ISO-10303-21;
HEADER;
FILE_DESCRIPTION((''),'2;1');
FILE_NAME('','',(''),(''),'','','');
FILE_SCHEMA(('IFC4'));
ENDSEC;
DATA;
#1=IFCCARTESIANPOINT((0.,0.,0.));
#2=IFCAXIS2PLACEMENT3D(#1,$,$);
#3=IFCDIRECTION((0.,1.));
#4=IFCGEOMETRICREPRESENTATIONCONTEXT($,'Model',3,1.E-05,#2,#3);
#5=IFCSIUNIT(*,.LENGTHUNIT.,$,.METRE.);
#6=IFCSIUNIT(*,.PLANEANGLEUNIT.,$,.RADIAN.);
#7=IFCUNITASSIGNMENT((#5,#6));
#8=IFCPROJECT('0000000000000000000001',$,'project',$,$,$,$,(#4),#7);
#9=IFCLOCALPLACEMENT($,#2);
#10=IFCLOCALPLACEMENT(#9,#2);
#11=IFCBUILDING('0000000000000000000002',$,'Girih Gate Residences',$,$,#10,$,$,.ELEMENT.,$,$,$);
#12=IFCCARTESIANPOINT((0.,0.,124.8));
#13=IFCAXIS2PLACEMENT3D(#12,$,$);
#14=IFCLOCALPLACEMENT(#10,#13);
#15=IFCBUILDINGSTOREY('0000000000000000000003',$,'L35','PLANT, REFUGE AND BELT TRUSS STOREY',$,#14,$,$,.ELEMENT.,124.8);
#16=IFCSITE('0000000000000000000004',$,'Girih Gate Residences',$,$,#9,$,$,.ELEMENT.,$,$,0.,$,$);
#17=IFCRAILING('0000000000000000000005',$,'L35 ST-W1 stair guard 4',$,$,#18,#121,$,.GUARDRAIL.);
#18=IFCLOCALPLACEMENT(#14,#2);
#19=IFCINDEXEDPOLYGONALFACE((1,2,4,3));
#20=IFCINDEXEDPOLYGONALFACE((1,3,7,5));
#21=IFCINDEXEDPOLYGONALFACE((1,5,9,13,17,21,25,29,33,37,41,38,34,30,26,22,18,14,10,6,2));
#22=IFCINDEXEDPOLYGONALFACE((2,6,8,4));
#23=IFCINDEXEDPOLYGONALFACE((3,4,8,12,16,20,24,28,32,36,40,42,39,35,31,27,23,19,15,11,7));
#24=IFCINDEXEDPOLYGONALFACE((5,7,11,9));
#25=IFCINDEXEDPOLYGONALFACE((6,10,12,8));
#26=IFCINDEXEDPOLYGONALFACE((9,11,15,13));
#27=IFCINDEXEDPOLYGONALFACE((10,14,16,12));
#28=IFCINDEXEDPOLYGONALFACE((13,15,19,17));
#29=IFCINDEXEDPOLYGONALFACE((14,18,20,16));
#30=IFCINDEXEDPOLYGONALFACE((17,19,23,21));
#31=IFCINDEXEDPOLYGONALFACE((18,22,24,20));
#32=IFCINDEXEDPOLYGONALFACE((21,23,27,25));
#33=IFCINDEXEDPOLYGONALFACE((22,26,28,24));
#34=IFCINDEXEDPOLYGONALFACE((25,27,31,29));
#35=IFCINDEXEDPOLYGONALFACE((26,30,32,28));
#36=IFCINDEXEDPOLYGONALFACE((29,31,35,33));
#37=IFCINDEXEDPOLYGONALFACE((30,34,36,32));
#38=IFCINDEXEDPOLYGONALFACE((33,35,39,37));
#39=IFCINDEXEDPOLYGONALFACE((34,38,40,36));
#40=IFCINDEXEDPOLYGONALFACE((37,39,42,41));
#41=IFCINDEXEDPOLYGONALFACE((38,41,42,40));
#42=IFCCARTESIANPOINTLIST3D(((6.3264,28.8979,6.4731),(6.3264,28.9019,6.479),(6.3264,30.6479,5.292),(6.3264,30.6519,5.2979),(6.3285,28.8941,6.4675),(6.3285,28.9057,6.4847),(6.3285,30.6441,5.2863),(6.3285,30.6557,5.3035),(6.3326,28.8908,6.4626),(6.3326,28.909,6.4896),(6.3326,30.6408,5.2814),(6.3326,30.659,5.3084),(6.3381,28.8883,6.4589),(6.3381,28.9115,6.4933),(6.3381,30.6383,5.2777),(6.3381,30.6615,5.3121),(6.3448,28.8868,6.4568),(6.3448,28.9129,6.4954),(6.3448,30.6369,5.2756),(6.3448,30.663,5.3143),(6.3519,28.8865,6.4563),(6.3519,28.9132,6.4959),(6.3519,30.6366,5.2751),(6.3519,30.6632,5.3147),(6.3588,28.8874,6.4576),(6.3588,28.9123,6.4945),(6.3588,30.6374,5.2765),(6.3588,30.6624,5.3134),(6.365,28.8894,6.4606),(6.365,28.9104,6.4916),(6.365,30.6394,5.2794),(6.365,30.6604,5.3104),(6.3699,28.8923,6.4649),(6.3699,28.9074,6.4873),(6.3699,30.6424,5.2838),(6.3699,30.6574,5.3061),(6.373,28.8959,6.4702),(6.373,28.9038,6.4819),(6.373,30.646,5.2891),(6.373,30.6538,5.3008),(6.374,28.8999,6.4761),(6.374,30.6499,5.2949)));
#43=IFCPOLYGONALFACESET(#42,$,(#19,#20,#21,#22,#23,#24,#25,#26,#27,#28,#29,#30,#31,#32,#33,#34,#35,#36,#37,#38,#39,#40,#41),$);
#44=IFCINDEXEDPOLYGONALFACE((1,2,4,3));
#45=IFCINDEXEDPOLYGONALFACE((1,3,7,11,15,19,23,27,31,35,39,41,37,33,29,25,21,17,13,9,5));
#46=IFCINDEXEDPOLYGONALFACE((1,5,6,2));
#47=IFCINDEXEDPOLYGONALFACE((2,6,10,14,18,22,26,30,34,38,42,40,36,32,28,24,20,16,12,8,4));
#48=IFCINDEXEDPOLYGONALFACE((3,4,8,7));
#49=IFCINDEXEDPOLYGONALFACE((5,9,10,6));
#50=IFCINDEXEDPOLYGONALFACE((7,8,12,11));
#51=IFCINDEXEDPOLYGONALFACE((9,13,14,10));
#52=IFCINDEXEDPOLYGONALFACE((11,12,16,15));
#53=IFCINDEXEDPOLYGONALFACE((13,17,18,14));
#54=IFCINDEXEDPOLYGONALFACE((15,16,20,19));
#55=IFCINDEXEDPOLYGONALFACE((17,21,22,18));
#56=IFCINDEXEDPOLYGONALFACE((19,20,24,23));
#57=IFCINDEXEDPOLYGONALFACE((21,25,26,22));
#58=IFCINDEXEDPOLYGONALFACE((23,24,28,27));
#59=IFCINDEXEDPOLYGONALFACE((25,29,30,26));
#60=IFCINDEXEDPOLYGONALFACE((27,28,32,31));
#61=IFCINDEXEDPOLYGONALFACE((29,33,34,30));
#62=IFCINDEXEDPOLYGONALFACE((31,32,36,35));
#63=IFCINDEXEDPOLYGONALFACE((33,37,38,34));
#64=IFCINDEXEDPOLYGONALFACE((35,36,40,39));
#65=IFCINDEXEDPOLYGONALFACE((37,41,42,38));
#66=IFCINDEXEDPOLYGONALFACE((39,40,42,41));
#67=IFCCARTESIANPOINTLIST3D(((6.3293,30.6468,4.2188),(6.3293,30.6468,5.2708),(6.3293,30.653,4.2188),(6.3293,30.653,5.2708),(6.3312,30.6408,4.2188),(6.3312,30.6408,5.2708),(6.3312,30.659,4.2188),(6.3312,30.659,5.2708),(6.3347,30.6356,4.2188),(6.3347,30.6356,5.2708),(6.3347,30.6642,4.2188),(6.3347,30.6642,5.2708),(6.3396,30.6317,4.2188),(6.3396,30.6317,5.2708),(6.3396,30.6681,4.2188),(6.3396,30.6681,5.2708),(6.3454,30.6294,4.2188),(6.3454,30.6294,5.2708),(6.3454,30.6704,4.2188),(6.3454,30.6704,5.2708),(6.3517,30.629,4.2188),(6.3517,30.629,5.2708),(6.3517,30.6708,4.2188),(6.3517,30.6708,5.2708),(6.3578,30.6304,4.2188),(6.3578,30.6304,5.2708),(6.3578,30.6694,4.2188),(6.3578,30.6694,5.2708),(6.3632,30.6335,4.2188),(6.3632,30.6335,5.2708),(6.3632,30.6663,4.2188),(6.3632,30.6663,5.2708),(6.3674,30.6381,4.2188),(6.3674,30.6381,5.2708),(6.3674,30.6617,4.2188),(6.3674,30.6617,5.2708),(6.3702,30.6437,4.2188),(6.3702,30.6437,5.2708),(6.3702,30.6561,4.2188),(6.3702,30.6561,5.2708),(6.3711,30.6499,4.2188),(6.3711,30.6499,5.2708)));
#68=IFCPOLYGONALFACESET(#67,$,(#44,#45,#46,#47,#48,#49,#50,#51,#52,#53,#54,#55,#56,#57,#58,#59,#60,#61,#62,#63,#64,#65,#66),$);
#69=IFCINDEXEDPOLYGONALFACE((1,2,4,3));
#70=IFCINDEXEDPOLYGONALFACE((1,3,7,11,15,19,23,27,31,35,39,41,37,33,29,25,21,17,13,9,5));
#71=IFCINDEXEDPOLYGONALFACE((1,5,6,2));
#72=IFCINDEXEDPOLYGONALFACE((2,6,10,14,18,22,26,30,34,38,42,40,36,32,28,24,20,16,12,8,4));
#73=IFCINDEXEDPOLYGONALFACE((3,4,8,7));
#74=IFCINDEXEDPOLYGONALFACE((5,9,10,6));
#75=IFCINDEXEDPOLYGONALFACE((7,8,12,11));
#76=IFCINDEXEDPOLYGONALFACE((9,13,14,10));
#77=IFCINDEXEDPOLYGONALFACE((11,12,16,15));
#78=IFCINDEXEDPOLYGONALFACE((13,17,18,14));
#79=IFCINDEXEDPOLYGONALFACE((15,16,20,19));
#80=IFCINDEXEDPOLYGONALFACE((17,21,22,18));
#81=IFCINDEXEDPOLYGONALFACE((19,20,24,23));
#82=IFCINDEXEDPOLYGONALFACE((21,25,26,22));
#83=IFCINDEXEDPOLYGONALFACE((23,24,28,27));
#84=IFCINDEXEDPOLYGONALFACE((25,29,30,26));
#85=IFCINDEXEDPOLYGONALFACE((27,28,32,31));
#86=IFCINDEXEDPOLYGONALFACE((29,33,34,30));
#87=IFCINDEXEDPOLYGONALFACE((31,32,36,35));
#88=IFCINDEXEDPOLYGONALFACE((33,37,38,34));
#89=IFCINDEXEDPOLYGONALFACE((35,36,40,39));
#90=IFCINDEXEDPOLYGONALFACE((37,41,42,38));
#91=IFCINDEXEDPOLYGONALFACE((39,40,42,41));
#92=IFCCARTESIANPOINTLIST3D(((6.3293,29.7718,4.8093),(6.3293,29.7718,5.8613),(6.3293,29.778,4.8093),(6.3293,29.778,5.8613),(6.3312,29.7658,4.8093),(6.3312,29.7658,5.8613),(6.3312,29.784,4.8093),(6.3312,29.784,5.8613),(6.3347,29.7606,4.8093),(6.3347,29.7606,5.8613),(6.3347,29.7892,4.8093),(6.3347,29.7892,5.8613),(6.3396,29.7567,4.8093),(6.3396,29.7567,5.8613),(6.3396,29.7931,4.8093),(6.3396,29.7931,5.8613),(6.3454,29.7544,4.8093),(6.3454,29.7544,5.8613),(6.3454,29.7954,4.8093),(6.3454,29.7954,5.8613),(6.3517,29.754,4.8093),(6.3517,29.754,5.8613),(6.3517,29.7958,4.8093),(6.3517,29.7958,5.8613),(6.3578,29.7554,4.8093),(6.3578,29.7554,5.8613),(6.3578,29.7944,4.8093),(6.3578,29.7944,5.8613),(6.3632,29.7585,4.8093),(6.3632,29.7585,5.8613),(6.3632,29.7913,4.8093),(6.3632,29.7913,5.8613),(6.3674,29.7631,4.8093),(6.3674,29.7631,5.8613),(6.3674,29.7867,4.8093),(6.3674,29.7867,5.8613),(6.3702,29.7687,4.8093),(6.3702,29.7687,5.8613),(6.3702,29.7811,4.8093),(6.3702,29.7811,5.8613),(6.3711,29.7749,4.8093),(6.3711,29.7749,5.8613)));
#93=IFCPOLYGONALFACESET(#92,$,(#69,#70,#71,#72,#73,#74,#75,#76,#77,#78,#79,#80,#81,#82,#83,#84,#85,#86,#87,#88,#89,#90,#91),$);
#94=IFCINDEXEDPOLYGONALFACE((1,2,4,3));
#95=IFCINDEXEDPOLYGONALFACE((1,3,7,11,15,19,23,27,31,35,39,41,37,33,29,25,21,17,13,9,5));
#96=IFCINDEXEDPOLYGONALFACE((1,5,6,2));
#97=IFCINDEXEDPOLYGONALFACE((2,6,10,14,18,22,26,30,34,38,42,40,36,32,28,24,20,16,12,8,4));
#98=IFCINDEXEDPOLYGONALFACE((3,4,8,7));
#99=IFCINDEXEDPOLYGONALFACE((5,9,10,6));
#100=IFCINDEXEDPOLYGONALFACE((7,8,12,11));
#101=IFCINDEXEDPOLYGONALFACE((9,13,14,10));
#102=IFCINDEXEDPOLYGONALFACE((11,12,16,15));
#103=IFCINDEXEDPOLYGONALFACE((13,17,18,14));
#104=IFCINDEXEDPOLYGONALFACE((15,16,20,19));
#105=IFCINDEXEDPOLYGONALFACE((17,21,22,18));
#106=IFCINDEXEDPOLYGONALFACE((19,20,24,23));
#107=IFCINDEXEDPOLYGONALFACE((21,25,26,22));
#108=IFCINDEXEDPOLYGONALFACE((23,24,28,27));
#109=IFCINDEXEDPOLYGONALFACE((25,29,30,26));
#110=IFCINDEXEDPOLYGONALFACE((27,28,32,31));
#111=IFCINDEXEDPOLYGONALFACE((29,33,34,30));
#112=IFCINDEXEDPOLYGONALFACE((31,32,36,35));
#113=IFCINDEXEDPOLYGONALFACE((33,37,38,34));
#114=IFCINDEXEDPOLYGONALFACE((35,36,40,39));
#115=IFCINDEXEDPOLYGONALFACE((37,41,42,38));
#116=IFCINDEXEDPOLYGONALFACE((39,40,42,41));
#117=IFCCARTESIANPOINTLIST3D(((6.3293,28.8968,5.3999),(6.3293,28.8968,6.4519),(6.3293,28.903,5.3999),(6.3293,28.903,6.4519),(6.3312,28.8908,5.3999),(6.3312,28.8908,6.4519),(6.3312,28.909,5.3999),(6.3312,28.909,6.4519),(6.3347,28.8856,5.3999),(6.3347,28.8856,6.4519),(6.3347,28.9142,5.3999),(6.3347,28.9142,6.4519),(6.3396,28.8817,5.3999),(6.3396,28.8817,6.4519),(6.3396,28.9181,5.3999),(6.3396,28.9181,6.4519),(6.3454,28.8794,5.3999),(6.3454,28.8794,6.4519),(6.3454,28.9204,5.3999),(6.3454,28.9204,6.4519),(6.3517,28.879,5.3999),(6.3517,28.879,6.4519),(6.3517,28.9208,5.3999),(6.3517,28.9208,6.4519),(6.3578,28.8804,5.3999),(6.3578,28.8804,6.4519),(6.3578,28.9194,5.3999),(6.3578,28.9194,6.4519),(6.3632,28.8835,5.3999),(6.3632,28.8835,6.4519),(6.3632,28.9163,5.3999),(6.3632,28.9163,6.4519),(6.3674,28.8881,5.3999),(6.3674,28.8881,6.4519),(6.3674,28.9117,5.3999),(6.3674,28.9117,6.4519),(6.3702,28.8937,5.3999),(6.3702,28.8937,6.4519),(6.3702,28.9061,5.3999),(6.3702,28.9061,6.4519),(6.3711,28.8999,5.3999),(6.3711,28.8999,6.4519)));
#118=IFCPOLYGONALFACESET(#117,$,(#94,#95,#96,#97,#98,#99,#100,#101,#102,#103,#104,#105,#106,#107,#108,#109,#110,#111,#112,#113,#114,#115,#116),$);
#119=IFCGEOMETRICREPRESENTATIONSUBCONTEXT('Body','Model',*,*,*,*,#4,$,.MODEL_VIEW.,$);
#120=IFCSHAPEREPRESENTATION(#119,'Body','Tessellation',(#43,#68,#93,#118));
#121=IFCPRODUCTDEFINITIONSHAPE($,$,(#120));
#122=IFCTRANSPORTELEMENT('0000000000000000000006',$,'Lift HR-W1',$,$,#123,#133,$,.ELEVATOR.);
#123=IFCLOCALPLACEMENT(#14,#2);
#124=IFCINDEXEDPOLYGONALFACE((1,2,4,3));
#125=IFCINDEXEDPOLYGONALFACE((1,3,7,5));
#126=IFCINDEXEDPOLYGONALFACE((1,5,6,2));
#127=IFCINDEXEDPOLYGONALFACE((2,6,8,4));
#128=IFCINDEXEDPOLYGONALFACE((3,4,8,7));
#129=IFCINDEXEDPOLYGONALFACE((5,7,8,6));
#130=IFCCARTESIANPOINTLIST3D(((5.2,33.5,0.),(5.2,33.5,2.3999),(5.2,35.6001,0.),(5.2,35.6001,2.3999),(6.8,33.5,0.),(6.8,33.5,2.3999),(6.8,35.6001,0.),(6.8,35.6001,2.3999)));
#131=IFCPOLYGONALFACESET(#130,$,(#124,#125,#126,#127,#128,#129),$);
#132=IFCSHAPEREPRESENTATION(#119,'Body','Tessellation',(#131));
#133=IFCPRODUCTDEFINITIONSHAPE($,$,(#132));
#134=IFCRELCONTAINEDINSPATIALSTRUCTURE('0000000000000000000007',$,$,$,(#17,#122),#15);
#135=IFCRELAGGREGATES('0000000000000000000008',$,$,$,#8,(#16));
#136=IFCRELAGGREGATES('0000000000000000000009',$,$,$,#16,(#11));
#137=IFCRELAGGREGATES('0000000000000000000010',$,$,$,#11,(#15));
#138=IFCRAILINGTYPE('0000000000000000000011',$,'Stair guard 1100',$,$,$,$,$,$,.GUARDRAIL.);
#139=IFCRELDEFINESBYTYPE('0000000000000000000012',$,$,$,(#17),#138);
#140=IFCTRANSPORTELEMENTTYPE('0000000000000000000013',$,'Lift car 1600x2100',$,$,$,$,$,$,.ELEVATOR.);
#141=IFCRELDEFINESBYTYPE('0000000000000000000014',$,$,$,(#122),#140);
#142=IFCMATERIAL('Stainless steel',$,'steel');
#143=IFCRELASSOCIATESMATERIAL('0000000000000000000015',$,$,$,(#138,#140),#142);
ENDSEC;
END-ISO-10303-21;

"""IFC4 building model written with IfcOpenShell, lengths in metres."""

from ifc_helpers import new_model, si_unit, direction, frame, origin, origin_2d, place, context, subcontext, project, spatial, rectangle, circle, extrude, material, type_object, element, save


model = new_model("IFC4")

# Units and contexts
model_context = context("Model", 3, precision=1e-05, world=origin(), true_north=direction((0.0, 1.0)))
body_context = subcontext(model_context, "Body", "Model", "MODEL_VIEW")
ifc_project = project(units=[si_unit("LENGTHUNIT", "METRE"), si_unit("PLANEANGLEUNIT", "RADIAN")], contexts=[model_context])

# Site, building, storey
site_placement = place(None, origin())
site = spatial("IfcSite", under=ifc_project, at=site_placement, Name="Girih Gate Residences", CompositionType="ELEMENT", RefElevation=0.0)
building_placement = place(site_placement, origin())
building = spatial("IfcBuilding", under=site, at=building_placement, Name="Girih Gate Residences", CompositionType="ELEMENT")
storey_placement = place(building_placement, frame((0.0, 0.0, 124.8)))
storey = spatial("IfcBuildingStorey", under=building, at=storey_placement, Name="L35", Description="PLANT, REFUGE AND BELT TRUSS STOREY", CompositionType="ELEMENT", Elevation=124.8)

# Shared definitions
ifc_material_1 = material(Name="Stainless steel", Category="steel")

# Railing
railing_type = type_object("IfcRailingType", Name="Stair guard 1100", PredefinedType="GUARDRAIL", material=ifc_material_1)
railing_placement = place(storey_placement, frame((6.3501, 30.6499, 4.2188)))
element("IfcRailing", 1, at=railing_placement, inside=storey, type_object=railing_type, Name="L35 ST-W1 stair guard 4", PredefinedType="GUARDRAIL", context=body_context, shape_type="SweptSolid", body=[
    extrude(circle(Radius=0.0239, at=origin_2d()), frame((0.0, 0.0, 1.0762), z_axis=(0.0, -0.82887, 0.559441), x_axis=(1.0, 0.0, 0.0)), (0.0, 0.0, 1.0), 2.1113),
    extrude(circle(Radius=0.021, at=origin_2d()), origin(), (0.0, 0.0, 1.0), 1.052),
    extrude(circle(Radius=0.021, at=origin_2d()), frame((0.0, -0.875, 0.5906)), (0.0, 0.0, 1.0), 1.052),
    extrude(circle(Radius=0.021, at=origin_2d()), frame((0.0, -1.75, 1.1812)), (0.0, 0.0, 1.0), 1.052),
])

# Transport element
transport_element_type = type_object("IfcTransportElementType", Name="Lift car 1600x2100", PredefinedType="ELEVATOR", material=ifc_material_1)
transport_element_placement = place(storey_placement, frame((6.0, 34.55, 0.0), z_axis=(0.0, 0.0, 1.0), x_axis=(1.0, 0.0, 0.0)))
element("IfcTransportElement", 2, at=transport_element_placement, inside=storey, type_object=transport_element_type, Name="Lift HR-W1", PredefinedType="ELEVATOR", context=body_context, shape_type="SweptSolid", body=[
    extrude(rectangle(XDim=1.6001, YDim=2.1001, at=origin_2d()), origin(), (0.0, 0.0, 1.0), 2.3999),
])

save(model, "model.ifc")
